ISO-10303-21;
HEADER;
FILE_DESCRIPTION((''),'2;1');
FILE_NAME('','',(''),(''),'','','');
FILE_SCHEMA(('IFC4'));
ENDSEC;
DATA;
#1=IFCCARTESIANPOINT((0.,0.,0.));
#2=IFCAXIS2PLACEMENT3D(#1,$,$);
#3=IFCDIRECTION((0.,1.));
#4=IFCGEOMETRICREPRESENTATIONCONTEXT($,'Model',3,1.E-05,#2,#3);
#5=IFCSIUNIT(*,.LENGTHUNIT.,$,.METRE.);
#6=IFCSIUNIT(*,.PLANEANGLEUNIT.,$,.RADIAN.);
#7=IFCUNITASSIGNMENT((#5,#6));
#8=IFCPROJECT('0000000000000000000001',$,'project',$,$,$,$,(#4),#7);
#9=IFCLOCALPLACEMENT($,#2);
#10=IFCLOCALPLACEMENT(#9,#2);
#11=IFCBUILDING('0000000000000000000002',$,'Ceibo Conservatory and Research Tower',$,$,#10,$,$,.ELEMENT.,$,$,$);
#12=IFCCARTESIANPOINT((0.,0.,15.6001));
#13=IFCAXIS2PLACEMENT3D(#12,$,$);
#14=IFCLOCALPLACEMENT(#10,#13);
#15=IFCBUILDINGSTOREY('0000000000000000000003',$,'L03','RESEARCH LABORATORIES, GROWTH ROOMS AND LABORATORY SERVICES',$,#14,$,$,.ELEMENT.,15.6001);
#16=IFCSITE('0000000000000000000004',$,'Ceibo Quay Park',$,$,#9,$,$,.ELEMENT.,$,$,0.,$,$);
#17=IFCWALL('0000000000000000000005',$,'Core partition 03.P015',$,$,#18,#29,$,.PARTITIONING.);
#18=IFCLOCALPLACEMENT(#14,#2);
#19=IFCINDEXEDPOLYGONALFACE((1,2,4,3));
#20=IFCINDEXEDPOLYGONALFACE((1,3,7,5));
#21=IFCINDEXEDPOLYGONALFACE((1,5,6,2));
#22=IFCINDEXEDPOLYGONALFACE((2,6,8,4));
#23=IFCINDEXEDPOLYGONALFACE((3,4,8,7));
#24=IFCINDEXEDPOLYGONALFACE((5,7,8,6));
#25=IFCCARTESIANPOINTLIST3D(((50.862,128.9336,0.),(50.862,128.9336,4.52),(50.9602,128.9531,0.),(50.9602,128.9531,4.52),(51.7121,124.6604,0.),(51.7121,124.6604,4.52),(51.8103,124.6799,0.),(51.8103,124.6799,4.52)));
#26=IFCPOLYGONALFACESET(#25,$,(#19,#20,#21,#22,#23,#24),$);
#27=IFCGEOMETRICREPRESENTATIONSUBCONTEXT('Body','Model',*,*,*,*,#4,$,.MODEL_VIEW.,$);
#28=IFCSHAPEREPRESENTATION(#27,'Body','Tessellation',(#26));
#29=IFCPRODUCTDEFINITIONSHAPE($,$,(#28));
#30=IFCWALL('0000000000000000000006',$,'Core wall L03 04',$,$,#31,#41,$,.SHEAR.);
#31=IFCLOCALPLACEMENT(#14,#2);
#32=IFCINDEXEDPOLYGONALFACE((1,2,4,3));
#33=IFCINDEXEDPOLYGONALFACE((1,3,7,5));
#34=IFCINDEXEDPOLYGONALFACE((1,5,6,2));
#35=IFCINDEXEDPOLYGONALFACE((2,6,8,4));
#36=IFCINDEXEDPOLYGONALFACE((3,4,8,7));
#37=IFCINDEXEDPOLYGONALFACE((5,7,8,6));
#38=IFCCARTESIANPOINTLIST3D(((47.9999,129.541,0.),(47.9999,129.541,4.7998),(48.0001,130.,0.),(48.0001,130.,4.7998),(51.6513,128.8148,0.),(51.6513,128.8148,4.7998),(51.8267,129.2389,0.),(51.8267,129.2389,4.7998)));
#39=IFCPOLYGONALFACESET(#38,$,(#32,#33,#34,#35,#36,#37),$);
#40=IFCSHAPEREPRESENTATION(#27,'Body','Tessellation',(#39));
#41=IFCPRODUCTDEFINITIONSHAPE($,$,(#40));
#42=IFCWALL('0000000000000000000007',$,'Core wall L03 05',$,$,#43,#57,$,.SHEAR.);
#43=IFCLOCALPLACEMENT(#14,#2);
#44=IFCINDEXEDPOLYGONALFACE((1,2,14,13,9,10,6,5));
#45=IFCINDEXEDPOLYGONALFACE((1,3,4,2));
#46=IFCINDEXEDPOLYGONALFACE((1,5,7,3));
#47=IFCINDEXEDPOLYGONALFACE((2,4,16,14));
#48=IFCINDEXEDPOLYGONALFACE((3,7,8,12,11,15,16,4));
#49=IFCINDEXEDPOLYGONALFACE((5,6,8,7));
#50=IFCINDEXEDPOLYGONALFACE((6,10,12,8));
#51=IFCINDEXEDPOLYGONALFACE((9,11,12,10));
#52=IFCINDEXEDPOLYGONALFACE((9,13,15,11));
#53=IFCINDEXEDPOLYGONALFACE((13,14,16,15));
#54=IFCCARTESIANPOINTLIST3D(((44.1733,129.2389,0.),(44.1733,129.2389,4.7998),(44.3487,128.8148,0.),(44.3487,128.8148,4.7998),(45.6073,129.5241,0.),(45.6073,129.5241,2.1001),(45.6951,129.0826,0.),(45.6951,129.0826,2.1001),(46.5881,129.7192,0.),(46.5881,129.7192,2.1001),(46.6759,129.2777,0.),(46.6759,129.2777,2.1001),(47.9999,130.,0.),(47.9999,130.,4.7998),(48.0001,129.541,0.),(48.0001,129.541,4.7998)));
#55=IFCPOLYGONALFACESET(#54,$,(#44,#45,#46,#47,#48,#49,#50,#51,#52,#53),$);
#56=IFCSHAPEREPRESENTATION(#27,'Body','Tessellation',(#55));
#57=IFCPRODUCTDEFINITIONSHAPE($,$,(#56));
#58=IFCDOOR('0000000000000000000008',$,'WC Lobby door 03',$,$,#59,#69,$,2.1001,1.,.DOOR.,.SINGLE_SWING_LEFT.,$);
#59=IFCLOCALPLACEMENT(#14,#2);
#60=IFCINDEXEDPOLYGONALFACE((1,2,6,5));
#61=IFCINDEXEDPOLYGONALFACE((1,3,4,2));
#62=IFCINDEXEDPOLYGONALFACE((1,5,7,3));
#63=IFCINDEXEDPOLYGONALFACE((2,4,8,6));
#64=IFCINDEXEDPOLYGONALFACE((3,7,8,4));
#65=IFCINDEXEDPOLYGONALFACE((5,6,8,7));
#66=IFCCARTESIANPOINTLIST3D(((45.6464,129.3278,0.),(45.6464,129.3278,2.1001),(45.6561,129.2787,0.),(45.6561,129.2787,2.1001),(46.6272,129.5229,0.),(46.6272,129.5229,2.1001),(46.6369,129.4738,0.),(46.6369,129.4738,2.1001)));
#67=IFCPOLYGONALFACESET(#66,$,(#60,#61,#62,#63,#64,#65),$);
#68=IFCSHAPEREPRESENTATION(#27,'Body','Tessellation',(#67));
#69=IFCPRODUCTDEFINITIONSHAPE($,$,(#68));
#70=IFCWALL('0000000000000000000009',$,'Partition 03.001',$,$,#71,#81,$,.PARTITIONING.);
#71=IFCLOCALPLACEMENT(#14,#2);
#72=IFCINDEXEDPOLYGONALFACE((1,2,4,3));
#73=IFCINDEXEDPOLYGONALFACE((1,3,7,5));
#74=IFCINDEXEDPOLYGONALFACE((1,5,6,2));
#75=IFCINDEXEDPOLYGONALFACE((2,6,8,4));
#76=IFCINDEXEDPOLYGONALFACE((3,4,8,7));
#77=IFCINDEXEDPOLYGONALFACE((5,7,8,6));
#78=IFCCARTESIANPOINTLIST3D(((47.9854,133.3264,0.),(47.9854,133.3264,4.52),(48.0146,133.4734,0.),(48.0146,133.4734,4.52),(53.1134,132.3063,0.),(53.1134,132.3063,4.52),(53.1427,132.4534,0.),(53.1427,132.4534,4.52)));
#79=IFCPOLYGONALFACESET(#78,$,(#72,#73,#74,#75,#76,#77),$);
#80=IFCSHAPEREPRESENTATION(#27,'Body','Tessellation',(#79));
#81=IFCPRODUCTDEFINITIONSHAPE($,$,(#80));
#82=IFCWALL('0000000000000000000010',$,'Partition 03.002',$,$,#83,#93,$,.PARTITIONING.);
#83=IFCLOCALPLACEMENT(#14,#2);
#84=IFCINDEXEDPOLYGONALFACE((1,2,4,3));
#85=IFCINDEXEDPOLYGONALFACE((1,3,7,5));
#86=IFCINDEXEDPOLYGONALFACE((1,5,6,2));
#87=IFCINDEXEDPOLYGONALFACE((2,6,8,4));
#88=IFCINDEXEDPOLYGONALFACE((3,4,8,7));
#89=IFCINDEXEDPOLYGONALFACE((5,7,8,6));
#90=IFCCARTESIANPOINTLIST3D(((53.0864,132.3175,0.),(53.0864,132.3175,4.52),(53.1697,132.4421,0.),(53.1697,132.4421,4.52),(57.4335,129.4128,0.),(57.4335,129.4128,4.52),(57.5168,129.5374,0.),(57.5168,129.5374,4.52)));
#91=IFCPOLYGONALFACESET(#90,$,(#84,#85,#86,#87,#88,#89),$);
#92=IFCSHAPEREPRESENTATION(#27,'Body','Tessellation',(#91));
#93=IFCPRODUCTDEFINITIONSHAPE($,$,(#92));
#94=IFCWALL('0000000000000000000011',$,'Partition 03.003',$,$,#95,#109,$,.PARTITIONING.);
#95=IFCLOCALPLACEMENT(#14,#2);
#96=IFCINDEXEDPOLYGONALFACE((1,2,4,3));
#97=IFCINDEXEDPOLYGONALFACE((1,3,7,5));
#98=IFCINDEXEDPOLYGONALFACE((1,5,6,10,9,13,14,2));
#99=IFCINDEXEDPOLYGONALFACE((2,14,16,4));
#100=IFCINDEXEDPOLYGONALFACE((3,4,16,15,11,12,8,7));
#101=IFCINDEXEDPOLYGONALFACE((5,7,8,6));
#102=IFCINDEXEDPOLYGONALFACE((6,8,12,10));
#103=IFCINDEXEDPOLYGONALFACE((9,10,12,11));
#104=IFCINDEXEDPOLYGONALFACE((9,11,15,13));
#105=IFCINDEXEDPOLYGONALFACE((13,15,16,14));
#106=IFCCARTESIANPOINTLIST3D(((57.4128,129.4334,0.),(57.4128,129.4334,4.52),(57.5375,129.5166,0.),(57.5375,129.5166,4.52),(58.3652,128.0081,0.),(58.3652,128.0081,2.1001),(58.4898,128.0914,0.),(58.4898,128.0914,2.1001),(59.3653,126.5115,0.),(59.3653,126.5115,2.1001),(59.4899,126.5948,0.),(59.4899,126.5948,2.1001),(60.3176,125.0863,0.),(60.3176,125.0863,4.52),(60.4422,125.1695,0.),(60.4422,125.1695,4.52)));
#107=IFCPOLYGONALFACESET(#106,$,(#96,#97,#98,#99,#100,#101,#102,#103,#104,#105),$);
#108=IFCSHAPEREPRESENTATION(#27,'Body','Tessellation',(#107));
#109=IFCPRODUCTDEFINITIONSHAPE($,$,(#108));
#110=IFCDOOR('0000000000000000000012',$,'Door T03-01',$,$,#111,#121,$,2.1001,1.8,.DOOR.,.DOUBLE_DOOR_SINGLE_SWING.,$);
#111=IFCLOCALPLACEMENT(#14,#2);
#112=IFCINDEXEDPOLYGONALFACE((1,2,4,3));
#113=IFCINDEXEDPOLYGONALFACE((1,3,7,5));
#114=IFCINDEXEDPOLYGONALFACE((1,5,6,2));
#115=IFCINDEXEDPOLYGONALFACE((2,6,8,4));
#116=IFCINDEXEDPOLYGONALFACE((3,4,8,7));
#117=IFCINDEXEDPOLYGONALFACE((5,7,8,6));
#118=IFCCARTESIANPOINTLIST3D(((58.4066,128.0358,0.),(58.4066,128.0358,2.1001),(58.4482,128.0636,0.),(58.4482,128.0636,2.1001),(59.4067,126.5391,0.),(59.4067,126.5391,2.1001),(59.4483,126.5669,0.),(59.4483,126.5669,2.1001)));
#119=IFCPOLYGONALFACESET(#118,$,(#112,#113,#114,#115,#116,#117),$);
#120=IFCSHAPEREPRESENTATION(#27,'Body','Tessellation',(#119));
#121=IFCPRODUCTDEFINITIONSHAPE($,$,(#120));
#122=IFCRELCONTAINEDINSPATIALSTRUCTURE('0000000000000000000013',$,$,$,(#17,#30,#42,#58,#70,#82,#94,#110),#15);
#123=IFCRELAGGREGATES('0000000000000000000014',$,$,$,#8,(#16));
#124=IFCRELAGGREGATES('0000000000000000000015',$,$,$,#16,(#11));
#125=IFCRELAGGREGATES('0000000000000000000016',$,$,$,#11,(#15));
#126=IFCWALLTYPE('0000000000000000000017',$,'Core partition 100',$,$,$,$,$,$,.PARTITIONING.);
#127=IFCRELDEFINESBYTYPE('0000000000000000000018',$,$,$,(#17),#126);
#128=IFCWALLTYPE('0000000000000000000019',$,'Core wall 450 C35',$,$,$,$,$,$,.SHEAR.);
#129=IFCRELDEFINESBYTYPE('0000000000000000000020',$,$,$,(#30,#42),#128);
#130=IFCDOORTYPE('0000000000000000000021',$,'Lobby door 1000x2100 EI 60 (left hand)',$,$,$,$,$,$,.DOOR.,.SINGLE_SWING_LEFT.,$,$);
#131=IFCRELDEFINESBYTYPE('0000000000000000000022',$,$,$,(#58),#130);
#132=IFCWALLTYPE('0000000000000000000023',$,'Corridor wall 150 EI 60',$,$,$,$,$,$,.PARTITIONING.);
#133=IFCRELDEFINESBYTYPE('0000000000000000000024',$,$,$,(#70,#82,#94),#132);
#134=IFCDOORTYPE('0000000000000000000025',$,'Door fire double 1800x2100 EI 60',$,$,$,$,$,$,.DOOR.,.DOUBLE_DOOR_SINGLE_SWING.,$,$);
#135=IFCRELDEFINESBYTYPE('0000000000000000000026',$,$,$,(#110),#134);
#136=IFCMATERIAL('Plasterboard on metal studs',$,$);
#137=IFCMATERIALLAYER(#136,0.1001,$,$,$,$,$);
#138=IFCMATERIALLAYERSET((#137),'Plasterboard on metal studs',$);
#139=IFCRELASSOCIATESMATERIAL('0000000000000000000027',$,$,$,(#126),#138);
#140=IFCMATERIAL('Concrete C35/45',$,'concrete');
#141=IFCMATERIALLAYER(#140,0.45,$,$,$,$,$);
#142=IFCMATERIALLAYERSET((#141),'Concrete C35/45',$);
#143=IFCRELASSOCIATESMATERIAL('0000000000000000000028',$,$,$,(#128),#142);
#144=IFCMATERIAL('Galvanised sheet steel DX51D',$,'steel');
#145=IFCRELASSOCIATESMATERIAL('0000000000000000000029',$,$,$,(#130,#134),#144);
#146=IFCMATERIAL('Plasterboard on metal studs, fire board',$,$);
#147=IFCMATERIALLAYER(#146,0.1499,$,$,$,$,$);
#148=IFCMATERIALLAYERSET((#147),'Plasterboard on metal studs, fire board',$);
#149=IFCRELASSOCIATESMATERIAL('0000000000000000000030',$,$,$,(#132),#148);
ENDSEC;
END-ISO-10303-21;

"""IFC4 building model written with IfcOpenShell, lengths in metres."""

from ifc_helpers import new_model, si_unit, direction, frame, frame_2d, origin, place, context, subcontext, project, spatial, polyline, rectangle, outline, extrude, material, layer, layer_set, type_object, element, fill, save


model = new_model("IFC4")

# Units and contexts
model_context = context("Model", 3, precision=1e-05, world=origin(), true_north=direction((0.0, 1.0)))
body_context = subcontext(model_context, "Body", "Model", "MODEL_VIEW")
ifc_project = project(units=[si_unit("LENGTHUNIT", "METRE"), si_unit("PLANEANGLEUNIT", "RADIAN")], contexts=[model_context])

# Site, building, storey
site_placement = place(None, origin())
site = spatial("IfcSite", under=ifc_project, at=site_placement, Name="Ceibo Quay Park", CompositionType="ELEMENT", RefElevation=0.0)
building_placement = place(site_placement, origin())
building = spatial("IfcBuilding", under=site, at=building_placement, Name="Ceibo Conservatory and Research Tower", CompositionType="ELEMENT")
storey_placement = place(building_placement, frame((0.0, 0.0, 15.6001)))
storey = spatial("IfcBuildingStorey", under=building, at=storey_placement, Name="L03", Description="RESEARCH LABORATORIES, GROWTH ROOMS AND LABORATORY SERVICES", CompositionType="ELEMENT", Elevation=15.6001)

# Shared definitions
ifc_material_1 = material(Name="Concrete C35/45", Category="concrete")

# Walls
ifc_material_2 = material(Name="Plasterboard on metal studs")
ifc_layer_1 = layer(ifc_material_2, 0.1001)
ifc_layer_set_1 = layer_set([ifc_layer_1], Name="Plasterboard on metal studs")
wall_type_1 = type_object("IfcWallType", Name="Core partition 100", PredefinedType="PARTITIONING", material=ifc_layer_set_1)
wall_1_placement = place(storey_placement, frame((50.9111, 128.9434, 0.0), z_axis=(0.0, 0.0, 1.0), x_axis=(0.195114, -0.980781, 0.0)))
element("IfcWall", 1, at=wall_1_placement, inside=storey, type_object=wall_type_1, Name="Core partition 03.P015", PredefinedType="PARTITIONING", context=body_context, shape_type="SweptSolid", body=[
    extrude(rectangle(XDim=4.3569, YDim=0.1001, at=frame_2d((2.1785, 0.0))), origin(), (0.0, 0.0, 1.0), 4.52),
])
ifc_layer_2 = layer(ifc_material_1, 0.45)
ifc_layer_set_2 = layer_set([ifc_layer_2], Name="Concrete C35/45")
wall_type_2 = type_object("IfcWallType", Name="Core wall 450 C35", PredefinedType="SHEAR", material=ifc_layer_set_2)
wall_2_placement = place(storey_placement, frame((51.739, 129.0269, 0.0), z_axis=(0.0, 0.0, 1.0), x_axis=(-0.980789, 0.195069, 0.0)))
element("IfcWall", 2, at=wall_2_placement, inside=storey, type_object=wall_type_2, Name="Core wall L03 04", PredefinedType="SHEAR", context=body_context, shape_type="SweptSolid", body=[
    extrude(outline(polyline([(-0.0447, -0.2251), (3.8569, -0.2251), (3.7676, 0.2251), (0.0447, 0.2251), (-0.0447, -0.2251)])), origin(), (0.0, 0.0, 1.0), 4.7998),
])

# Wall, opening, door
wall_3_placement = place(storey_placement, frame((48.0, 129.7705, 0.0), z_axis=(0.0, 0.0, 1.0), x_axis=(-0.980789, -0.195069, 0.0)))
wall_3 = element("IfcWall", 3, at=wall_3_placement, inside=storey, type_object=wall_type_2, Name="Core wall L03 05", PredefinedType="SHEAR", context=body_context, shape_type="SweptSolid", body=[
    extrude(outline(polyline([(-0.0447, -0.2251), (3.8569, -0.2251), (3.7676, 0.2251), (0.0447, 0.2251), (-0.0447, -0.2251)])), origin(), (0.0, 0.0, 1.0), 4.7998),
])
opening_1_placement = place(wall_3_placement, frame((1.3948, 0.0, 0.0)))
opening_1 = element("IfcOpeningElement", 4, at=opening_1_placement, cuts=wall_3, PredefinedType="OPENING", context=body_context, shape_type="SweptSolid", body=[
    extrude(rectangle(XDim=1.0, YDim=2.1001, at=frame_2d((0.5, 1.05))), frame((0.0, 0.2349, 0.0), z_axis=(0.0, -1.0, 0.0), x_axis=(1.0, 0.0, 0.0)), (0.0, 0.0, 1.0), 0.47),
])
ifc_material_3 = material(Name="Galvanised sheet steel DX51D", Category="steel")
door_type_1 = type_object("IfcDoorType", Name="Lobby door 1000x2100 EI 60 (left hand)", OperationType="SINGLE_SWING_LEFT", PredefinedType="DOOR", material=ifc_material_3)
door_1_placement = place(opening_1_placement, frame((1.0, 0.0, 0.0), z_axis=(0.0, 0.0, 1.0), x_axis=(-1.0, 0.0, 0.0)))
door_1 = element("IfcDoor", 5, at=door_1_placement, inside=storey, type_object=door_type_1, Name="WC Lobby door 03", OperationType="SINGLE_SWING_LEFT", OverallHeight=2.1001, OverallWidth=1.0, PredefinedType="DOOR", context=body_context, shape_type="SweptSolid", body=[
    extrude(rectangle(XDim=1.0, YDim=2.1001, at=frame_2d((0.5, 1.05))), frame((0.0, 0.0249, 0.0), z_axis=(0.0, -1.0, 0.0), x_axis=(1.0, 0.0, 0.0)), (0.0, 0.0, 1.0), 0.05),
])
fill(opening_1, door_1)

# Walls
ifc_material_4 = material(Name="Plasterboard on metal studs, fire board")
ifc_layer_3 = layer(ifc_material_4, 0.1499)
ifc_layer_set_3 = layer_set([ifc_layer_3], Name="Plasterboard on metal studs, fire board")
wall_type_3 = type_object("IfcWallType", Name="Corridor wall 150 EI 60", PredefinedType="PARTITIONING", material=ifc_layer_set_3)
wall_4_placement = place(storey_placement, frame((48.0, 133.3999, 0.0), z_axis=(0.0, 0.0, 1.0), x_axis=(0.980785, -0.195092, 0.0)))
element("IfcWall", 6, at=wall_4_placement, inside=storey, type_object=wall_type_3, Name="Partition 03.001", PredefinedType="PARTITIONING", context=body_context, shape_type="SweptSolid", body=[
    extrude(rectangle(XDim=5.2285, YDim=0.1499, at=frame_2d((2.6143, 0.0))), origin(), (0.0, 0.0, 1.0), 4.52),
])
wall_5_placement = place(storey_placement, frame((53.1279, 132.3799, 0.0), z_axis=(0.0, 0.0, 1.0), x_axis=(0.831461, -0.555584, 0.0)))
element("IfcWall", 7, at=wall_5_placement, inside=storey, type_object=wall_type_3, Name="Partition 03.002", PredefinedType="PARTITIONING", context=body_context, shape_type="SweptSolid", body=[
    extrude(rectangle(XDim=5.2283, YDim=0.1499, at=frame_2d((2.6143, 0.0))), origin(), (0.0, 0.0, 1.0), 4.52),
])

# Wall, opening, door
wall_6_placement = place(storey_placement, frame((57.4751, 129.4751, 0.0), z_axis=(0.0, 0.0, 1.0), x_axis=(0.555584, -0.831461, 0.0)))
wall_6 = element("IfcWall", 8, at=wall_6_placement, inside=storey, type_object=wall_type_3, Name="Partition 03.003", PredefinedType="PARTITIONING", context=body_context, shape_type="SweptSolid", body=[
    extrude(rectangle(XDim=5.2283, YDim=0.1499, at=frame_2d((2.6143, 0.0))), origin(), (0.0, 0.0, 1.0), 4.52),
])
opening_2_placement = place(wall_6_placement, frame((1.7144, 0.0, 0.0)))
opening_2 = element("IfcOpeningElement", 9, at=opening_2_placement, cuts=wall_6, PredefinedType="OPENING", context=body_context, shape_type="SweptSolid", body=[
    extrude(rectangle(XDim=1.8, YDim=2.1001, at=frame_2d((0.8999, 1.05))), frame((0.0, 0.085, 0.0), z_axis=(0.0, -1.0, 0.0), x_axis=(1.0, 0.0, 0.0)), (0.0, 0.0, 1.0), 0.1699),
])
door_type_2 = type_object("IfcDoorType", Name="Door fire double 1800x2100 EI 60", OperationType="DOUBLE_DOOR_SINGLE_SWING", PredefinedType="DOOR", material=ifc_material_3)
door_2_placement = place(opening_2_placement, origin())
door_2 = element("IfcDoor", 10, at=door_2_placement, inside=storey, type_object=door_type_2, Name="Door T03-01", OperationType="DOUBLE_DOOR_SINGLE_SWING", OverallHeight=2.1001, OverallWidth=1.8, PredefinedType="DOOR", context=body_context, shape_type="SweptSolid", body=[
    extrude(rectangle(XDim=1.8, YDim=2.1001, at=frame_2d((0.8999, 1.05))), frame((0.0, 0.0249, 0.0), z_axis=(0.0, -1.0, 0.0), x_axis=(1.0, 0.0, 0.0)), (0.0, 0.0, 1.0), 0.05),
])
fill(opening_2, door_2)

save(model, "model.ifc")
